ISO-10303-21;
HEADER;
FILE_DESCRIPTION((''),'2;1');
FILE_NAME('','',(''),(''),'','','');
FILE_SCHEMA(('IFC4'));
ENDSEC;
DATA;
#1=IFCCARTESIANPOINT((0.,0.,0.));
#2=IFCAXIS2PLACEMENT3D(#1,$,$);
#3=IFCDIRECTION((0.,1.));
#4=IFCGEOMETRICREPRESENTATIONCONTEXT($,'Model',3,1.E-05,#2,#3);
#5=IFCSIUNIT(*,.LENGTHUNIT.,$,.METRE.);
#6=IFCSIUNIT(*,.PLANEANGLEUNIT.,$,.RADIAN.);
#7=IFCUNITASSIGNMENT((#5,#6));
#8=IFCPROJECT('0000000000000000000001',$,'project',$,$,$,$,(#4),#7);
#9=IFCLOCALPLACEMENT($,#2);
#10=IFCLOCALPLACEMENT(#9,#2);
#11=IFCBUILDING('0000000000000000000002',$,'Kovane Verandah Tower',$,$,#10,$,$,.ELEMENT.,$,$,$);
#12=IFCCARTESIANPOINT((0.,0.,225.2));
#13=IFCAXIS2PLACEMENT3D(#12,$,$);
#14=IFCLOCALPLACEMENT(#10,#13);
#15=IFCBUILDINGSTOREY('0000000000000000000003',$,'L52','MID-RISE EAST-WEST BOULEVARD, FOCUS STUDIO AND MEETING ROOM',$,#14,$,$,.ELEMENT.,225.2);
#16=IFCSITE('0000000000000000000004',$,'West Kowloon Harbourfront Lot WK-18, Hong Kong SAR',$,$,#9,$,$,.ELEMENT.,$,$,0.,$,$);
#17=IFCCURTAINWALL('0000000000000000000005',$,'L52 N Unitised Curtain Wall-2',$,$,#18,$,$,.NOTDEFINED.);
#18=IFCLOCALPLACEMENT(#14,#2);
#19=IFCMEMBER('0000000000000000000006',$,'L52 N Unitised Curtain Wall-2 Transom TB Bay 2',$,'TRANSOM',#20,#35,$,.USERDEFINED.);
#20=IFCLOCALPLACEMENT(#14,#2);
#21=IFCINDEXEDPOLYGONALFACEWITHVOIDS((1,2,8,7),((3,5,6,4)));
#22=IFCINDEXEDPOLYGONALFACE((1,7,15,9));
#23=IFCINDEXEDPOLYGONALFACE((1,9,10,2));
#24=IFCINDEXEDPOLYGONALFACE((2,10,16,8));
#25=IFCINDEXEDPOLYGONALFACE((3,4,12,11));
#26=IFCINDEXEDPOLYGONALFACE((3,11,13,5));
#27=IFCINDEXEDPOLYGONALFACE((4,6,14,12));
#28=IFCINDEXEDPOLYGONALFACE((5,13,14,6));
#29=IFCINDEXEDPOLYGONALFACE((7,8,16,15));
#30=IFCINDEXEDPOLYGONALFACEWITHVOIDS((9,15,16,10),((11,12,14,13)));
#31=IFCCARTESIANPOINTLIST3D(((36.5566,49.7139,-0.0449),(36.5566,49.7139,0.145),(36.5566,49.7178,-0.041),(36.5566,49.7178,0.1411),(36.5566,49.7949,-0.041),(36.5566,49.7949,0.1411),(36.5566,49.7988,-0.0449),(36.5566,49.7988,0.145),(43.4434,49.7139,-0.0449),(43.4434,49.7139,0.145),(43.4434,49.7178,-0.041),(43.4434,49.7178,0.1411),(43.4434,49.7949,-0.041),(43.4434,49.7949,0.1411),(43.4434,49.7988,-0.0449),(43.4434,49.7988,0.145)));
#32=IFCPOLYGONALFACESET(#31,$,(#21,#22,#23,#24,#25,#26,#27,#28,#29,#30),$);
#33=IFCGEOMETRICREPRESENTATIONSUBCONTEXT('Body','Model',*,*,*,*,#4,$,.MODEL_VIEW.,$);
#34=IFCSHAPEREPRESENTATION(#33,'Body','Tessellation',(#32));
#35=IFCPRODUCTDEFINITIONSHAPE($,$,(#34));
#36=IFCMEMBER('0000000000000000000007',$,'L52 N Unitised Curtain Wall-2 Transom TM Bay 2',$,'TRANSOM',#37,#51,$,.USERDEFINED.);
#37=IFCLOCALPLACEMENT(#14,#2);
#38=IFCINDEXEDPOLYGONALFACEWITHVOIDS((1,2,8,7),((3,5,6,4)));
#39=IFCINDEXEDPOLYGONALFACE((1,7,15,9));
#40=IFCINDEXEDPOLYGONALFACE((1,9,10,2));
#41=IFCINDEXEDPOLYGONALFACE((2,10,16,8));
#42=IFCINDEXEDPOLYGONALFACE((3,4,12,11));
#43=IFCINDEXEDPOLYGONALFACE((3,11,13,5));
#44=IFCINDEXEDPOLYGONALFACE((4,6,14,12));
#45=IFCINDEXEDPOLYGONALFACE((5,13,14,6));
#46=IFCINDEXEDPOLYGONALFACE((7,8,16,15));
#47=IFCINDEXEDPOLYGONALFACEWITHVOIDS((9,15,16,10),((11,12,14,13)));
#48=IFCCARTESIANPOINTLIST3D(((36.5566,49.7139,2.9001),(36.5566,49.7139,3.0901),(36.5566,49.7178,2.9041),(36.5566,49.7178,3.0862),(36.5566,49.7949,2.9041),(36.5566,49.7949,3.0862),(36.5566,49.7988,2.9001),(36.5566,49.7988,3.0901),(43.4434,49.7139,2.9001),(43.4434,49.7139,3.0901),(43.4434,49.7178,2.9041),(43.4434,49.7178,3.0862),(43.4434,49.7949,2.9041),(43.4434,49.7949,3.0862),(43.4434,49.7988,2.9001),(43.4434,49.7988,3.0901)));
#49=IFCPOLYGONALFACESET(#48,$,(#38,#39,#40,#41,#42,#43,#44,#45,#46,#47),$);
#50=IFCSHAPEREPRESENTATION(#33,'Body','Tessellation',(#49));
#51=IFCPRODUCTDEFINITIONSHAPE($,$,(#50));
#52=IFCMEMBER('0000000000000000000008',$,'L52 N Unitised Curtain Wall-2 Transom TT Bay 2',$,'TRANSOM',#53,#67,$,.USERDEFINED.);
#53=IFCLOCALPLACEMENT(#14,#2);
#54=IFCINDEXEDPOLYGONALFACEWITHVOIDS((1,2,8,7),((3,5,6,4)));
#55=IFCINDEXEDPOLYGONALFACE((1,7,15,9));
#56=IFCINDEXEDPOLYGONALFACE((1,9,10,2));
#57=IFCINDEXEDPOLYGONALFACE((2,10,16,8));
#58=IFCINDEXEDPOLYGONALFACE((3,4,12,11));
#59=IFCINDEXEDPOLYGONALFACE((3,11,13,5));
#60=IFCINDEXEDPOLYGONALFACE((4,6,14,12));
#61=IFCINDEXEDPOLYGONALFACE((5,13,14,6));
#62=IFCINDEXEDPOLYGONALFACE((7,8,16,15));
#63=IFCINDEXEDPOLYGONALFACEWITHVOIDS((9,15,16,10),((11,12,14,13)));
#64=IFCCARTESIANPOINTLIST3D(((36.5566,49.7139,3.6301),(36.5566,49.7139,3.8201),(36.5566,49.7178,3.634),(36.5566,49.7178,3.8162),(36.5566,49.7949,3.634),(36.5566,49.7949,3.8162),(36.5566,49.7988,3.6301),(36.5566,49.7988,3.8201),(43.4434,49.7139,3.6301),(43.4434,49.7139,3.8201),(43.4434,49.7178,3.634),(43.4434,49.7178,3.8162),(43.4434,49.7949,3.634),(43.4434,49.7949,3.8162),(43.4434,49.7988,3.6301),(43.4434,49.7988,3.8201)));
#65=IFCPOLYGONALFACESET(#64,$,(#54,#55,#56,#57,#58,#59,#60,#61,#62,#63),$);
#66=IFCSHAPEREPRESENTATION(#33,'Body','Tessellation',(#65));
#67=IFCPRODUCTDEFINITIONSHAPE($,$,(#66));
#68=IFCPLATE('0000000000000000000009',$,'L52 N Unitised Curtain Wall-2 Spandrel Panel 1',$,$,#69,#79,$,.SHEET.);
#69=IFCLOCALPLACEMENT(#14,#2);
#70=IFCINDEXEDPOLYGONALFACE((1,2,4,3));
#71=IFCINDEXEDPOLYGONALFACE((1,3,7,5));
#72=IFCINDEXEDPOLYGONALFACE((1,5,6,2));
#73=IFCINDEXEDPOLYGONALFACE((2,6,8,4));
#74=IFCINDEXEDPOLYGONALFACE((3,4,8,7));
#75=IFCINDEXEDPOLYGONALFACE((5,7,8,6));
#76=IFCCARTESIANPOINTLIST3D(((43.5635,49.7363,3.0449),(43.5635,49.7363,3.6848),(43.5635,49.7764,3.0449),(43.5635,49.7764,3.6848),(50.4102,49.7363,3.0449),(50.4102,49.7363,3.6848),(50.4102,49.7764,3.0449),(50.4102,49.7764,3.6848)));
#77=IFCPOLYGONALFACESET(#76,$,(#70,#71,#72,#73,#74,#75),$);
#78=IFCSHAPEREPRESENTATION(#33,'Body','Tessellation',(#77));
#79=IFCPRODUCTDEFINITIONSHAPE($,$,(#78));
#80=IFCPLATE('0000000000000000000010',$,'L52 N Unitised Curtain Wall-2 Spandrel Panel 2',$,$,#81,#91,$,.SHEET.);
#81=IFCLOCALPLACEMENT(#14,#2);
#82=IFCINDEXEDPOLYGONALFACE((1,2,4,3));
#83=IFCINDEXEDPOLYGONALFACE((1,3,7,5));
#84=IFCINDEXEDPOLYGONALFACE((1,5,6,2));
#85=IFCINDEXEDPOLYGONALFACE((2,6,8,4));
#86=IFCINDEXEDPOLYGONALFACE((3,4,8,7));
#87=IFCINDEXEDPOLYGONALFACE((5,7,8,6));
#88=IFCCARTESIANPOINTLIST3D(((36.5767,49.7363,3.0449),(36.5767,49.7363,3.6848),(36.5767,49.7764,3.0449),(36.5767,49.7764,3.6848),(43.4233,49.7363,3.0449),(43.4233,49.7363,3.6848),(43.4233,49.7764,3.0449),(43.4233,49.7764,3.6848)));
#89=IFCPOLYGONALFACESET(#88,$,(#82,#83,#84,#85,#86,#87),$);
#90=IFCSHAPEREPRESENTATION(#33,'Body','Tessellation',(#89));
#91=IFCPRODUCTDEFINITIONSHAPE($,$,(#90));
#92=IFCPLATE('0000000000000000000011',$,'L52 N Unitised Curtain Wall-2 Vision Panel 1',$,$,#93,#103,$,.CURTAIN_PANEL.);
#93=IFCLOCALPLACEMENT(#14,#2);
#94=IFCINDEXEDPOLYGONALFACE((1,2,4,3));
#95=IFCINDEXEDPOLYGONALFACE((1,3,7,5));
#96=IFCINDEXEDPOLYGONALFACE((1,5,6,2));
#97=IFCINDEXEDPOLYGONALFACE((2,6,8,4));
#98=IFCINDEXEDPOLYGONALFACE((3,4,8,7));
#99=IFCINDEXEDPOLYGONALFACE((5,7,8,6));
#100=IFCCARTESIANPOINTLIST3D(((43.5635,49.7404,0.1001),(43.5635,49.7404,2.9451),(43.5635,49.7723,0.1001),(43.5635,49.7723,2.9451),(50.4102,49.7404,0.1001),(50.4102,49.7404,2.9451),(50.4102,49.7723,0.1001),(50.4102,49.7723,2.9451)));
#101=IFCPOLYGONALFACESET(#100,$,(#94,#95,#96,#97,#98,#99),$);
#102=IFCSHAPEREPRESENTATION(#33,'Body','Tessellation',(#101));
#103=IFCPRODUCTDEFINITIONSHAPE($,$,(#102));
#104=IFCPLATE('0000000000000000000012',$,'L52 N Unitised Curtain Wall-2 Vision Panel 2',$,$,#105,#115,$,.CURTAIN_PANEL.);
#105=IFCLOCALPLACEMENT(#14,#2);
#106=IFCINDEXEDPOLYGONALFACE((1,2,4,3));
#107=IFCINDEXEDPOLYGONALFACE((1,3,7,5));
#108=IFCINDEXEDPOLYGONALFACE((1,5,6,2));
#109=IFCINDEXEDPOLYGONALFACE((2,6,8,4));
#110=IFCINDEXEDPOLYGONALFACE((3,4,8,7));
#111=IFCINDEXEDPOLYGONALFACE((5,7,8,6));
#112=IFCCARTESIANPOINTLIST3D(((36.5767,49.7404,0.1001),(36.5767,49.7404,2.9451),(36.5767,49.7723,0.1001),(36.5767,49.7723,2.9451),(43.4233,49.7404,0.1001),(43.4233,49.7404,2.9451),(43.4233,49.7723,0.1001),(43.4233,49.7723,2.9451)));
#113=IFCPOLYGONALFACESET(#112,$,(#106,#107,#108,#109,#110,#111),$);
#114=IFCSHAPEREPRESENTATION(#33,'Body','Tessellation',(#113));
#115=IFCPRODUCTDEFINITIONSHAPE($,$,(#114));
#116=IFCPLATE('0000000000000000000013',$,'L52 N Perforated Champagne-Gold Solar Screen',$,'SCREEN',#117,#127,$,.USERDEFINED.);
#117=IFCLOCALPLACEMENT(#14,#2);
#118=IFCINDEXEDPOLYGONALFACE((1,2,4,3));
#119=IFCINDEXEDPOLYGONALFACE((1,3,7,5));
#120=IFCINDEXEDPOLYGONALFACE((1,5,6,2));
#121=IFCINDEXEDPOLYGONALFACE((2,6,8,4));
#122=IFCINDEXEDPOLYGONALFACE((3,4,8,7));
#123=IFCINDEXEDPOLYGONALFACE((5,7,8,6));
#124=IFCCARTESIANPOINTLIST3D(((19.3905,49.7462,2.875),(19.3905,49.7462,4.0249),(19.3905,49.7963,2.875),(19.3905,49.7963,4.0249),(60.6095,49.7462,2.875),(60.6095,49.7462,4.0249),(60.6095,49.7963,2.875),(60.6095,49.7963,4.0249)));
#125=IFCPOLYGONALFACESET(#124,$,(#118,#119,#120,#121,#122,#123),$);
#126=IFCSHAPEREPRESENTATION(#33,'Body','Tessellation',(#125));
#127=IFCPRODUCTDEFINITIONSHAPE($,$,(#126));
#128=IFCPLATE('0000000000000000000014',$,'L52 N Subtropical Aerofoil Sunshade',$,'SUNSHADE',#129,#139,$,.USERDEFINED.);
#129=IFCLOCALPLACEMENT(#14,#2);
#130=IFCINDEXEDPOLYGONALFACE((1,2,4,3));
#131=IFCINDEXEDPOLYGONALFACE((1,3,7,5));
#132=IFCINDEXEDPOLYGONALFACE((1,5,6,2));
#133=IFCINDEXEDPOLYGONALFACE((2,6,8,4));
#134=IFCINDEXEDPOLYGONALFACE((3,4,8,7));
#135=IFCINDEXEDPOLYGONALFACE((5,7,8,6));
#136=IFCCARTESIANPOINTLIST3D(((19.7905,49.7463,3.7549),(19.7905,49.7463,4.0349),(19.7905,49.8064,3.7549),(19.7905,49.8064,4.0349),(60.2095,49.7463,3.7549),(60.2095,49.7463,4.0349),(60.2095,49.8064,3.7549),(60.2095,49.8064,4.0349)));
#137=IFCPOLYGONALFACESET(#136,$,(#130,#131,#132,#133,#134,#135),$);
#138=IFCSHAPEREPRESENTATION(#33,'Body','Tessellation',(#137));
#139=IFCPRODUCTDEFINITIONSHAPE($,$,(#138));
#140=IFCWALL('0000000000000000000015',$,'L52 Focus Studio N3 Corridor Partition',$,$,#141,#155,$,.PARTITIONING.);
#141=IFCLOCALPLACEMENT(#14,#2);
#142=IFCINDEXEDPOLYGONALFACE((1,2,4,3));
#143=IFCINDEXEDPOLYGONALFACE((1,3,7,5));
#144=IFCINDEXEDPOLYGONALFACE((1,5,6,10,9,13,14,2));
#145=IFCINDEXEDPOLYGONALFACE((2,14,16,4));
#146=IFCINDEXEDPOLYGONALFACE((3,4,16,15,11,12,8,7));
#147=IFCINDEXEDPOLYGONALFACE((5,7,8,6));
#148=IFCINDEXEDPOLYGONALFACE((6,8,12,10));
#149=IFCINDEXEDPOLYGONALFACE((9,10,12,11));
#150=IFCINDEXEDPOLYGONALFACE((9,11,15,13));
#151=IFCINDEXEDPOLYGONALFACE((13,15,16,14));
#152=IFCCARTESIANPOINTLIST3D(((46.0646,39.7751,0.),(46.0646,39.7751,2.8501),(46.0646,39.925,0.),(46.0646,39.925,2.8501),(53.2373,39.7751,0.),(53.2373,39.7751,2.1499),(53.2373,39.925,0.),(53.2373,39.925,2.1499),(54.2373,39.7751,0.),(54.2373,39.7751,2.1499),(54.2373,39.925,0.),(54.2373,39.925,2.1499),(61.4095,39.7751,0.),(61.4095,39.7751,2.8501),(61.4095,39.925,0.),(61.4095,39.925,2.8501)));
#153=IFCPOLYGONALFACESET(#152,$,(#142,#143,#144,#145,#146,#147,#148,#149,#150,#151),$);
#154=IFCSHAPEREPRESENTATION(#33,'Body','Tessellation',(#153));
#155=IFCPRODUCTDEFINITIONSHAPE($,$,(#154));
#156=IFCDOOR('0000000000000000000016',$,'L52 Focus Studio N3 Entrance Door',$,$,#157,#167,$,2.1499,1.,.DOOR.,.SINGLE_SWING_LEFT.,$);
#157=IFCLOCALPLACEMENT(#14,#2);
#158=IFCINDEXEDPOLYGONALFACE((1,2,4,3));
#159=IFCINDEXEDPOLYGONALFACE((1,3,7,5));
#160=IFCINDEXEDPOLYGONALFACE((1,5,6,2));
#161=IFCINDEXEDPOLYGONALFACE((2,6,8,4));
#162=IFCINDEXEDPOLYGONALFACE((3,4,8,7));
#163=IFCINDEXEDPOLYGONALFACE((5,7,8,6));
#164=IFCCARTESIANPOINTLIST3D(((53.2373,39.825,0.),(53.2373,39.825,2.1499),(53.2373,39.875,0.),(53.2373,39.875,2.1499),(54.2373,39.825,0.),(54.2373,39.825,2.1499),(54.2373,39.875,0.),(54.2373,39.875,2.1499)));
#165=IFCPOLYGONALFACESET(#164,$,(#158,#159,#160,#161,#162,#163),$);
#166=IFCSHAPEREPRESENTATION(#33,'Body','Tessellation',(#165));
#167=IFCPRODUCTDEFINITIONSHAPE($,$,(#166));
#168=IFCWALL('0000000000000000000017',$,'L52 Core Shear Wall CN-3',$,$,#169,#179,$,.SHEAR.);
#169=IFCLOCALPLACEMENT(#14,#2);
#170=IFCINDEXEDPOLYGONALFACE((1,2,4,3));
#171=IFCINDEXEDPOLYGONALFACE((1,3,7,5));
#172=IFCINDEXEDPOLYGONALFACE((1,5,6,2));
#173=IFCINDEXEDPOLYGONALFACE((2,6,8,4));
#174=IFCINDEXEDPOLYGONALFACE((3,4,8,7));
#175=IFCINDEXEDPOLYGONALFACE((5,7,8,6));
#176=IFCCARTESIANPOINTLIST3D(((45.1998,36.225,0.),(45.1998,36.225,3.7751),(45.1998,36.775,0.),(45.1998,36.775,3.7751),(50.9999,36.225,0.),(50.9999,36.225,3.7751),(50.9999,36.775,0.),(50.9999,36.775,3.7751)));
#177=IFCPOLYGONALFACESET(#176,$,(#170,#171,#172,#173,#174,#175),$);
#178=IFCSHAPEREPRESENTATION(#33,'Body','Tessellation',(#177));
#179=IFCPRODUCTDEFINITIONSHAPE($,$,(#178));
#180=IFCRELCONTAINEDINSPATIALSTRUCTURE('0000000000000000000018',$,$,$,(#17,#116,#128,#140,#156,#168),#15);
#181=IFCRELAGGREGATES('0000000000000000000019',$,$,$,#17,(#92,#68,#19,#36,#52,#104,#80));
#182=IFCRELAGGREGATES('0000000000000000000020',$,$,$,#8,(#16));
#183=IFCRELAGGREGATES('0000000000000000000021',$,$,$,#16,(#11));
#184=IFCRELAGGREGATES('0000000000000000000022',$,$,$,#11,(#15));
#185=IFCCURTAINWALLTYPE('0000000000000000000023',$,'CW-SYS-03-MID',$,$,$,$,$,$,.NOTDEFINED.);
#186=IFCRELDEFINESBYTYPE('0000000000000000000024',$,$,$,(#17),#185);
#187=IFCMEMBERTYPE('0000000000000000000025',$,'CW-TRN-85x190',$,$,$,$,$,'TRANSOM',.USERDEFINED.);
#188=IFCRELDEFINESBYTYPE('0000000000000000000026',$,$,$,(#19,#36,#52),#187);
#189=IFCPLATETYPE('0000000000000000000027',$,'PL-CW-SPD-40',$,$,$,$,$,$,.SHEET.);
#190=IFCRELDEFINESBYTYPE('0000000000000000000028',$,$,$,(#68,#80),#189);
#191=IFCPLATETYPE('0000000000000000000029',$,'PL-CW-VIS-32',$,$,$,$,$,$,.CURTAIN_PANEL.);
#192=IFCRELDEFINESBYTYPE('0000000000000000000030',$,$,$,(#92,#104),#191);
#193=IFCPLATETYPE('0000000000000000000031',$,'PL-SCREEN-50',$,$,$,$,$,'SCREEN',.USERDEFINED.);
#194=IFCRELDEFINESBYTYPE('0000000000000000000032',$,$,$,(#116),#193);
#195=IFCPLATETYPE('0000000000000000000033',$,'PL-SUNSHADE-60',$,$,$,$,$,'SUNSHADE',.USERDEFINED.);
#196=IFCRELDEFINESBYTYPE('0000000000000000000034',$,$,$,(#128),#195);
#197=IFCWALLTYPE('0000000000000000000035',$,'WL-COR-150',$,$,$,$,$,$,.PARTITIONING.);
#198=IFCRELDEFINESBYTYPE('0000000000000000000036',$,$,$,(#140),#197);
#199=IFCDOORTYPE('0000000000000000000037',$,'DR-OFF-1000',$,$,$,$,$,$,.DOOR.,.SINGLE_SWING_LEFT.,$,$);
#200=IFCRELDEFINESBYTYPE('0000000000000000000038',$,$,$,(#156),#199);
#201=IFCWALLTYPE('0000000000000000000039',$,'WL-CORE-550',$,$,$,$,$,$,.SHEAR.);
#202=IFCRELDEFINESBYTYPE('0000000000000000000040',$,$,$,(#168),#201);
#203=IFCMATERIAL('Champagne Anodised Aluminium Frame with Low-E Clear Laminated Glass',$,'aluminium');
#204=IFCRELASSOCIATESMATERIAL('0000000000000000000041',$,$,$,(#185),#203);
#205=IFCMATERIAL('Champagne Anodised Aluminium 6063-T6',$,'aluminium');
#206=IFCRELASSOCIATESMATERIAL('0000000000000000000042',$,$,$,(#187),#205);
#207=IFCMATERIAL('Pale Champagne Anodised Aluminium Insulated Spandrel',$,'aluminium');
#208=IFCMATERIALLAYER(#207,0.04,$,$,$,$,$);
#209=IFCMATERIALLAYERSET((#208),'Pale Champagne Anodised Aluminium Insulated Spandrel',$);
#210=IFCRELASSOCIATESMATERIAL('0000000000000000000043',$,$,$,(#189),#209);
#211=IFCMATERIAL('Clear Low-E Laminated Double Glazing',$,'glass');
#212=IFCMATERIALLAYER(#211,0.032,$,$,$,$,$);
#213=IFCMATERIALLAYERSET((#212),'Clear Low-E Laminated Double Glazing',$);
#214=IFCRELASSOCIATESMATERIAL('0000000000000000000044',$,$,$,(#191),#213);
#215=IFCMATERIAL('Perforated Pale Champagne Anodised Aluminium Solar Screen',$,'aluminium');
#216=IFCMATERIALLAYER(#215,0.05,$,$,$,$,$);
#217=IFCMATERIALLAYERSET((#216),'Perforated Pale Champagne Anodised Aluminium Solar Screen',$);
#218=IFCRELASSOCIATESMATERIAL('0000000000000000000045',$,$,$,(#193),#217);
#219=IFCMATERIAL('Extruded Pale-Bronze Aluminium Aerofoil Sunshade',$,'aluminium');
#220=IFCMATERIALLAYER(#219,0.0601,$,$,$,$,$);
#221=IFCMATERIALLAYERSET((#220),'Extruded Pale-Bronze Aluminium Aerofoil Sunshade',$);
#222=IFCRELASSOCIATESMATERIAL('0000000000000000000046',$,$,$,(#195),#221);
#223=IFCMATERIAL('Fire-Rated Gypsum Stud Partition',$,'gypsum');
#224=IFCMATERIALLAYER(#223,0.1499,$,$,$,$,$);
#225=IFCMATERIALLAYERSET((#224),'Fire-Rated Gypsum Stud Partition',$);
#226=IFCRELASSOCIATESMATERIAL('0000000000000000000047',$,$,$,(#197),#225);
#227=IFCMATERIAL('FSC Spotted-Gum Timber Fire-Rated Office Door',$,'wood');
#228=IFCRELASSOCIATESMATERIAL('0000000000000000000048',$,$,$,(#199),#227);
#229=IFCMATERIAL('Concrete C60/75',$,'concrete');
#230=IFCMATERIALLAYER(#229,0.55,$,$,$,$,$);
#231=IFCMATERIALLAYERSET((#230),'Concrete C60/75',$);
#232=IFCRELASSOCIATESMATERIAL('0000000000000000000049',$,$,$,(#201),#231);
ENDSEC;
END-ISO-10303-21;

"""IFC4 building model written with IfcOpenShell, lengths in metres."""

from ifc_helpers import new_model, si_unit, direction, frame, frame_2d, origin, origin_2d, place, context, subcontext, project, spatial, rectangle, hollow_rectangle, extrude, material, layer, layer_set, material_profile, profile_set, type_object, element, fill, aggregate, save


model = new_model("IFC4")

# Units and contexts
model_context = context("Model", 3, precision=1e-05, world=origin(), true_north=direction((0.0, 1.0)))
body_context = subcontext(model_context, "Body", "Model", "MODEL_VIEW")
ifc_project = project(units=[si_unit("LENGTHUNIT", "METRE"), si_unit("PLANEANGLEUNIT", "RADIAN")], contexts=[model_context])

# Site, building, storey
site_placement = place(None, origin())
site = spatial("IfcSite", under=ifc_project, at=site_placement, Name="West Kowloon Harbourfront Lot WK-18, Hong Kong SAR", CompositionType="ELEMENT", RefElevation=0.0)
building_placement = place(site_placement, origin())
building = spatial("IfcBuilding", under=site, at=building_placement, Name="Kovane Verandah Tower", CompositionType="ELEMENT")
storey_placement = place(building_placement, frame((0.0, 0.0, 225.2)))
storey = spatial("IfcBuildingStorey", under=building, at=storey_placement, Name="L52", Description="MID-RISE EAST-WEST BOULEVARD, FOCUS STUDIO AND MEETING ROOM", CompositionType="ELEMENT", Elevation=225.2)

# Shared definitions
ifc_material_1 = material(Name="Concrete C60/75", Category="concrete")

# Curtain wall, members, plates
ifc_material_2 = material(Name="Champagne Anodised Aluminium Frame with Low-E Clear Laminated Glass", Category="aluminium")
curtain_wall_type = type_object("IfcCurtainWallType", Name="CW-SYS-03-MID", PredefinedType="NOTDEFINED", material=ifc_material_2)
curtain_wall_placement = place(storey_placement, origin())
curtain_wall = element("IfcCurtainWall", 1, at=curtain_wall_placement, inside=storey, type_object=curtain_wall_type, Name="L52 N Unitised Curtain Wall-2", PredefinedType="NOTDEFINED")
ifc_material_3 = material(Name="Champagne Anodised Aluminium 6063-T6", Category="aluminium")
ifc_material_profile_1 = material_profile(ifc_material_3, hollow_rectangle(XDim=0.085, YDim=0.1899, WallThickness=0.0039, at=origin_2d()), Name="AL85x190x4")
ifc_profile_set_1 = profile_set([ifc_material_profile_1], Name="Champagne Anodised Aluminium 6063-T6")
member_type_1 = type_object("IfcMemberType", Name="CW-TRN-85x190", ElementType="TRANSOM", PredefinedType="USERDEFINED", material=ifc_profile_set_1)
member_1_placement = place(storey_placement, frame((43.4434, 49.7563, 0.05), z_axis=(-1.0, 0.0, 0.0), x_axis=(0.0, -1.0, 0.0)))
member_1 = element("IfcMember", 2, at=member_1_placement, type_object=member_type_1, Name="L52 N Unitised Curtain Wall-2 Transom TB Bay 2", ObjectType="TRANSOM", PredefinedType="USERDEFINED", context=body_context, shape_type="SweptSolid", body=[
    extrude(hollow_rectangle(XDim=0.085, YDim=0.1899, WallThickness=0.0039, at=origin_2d()), origin(), (0.0, 0.0, 1.0), 6.8867),
])
member_2_placement = place(storey_placement, frame((43.4434, 49.7563, 2.9951), z_axis=(-1.0, 0.0, 0.0), x_axis=(0.0, -1.0, 0.0)))
member_2 = element("IfcMember", 3, at=member_2_placement, type_object=member_type_1, Name="L52 N Unitised Curtain Wall-2 Transom TM Bay 2", ObjectType="TRANSOM", PredefinedType="USERDEFINED", context=body_context, shape_type="SweptSolid", body=[
    extrude(hollow_rectangle(XDim=0.085, YDim=0.1899, WallThickness=0.0039, at=origin_2d()), origin(), (0.0, 0.0, 1.0), 6.8867),
])
member_3_placement = place(storey_placement, frame((43.4434, 49.7563, 3.7251), z_axis=(-1.0, 0.0, 0.0), x_axis=(0.0, -1.0, 0.0)))
member_3 = element("IfcMember", 4, at=member_3_placement, type_object=member_type_1, Name="L52 N Unitised Curtain Wall-2 Transom TT Bay 2", ObjectType="TRANSOM", PredefinedType="USERDEFINED", context=body_context, shape_type="SweptSolid", body=[
    extrude(hollow_rectangle(XDim=0.085, YDim=0.1899, WallThickness=0.0039, at=origin_2d()), origin(), (0.0, 0.0, 1.0), 6.8867),
])
ifc_material_4 = material(Name="Pale Champagne Anodised Aluminium Insulated Spandrel", Category="aluminium")
ifc_layer_1 = layer(ifc_material_4, 0.04)
ifc_layer_set_1 = layer_set([ifc_layer_1], Name="Pale Champagne Anodised Aluminium Insulated Spandrel")
plate_type_1 = type_object("IfcPlateType", Name="PL-CW-SPD-40", PredefinedType="SHEET", material=ifc_layer_set_1)
plate_1_placement = place(storey_placement, frame((46.9868, 49.7563, 3.0449), z_axis=(0.0, 0.0, 1.0), x_axis=(-1.0, 0.0, 0.0)))
plate_1 = element("IfcPlate", 5, at=plate_1_placement, type_object=plate_type_1, Name="L52 N Unitised Curtain Wall-2 Spandrel Panel 1", PredefinedType="SHEET", context=body_context, shape_type="SweptSolid", body=[
    extrude(rectangle(XDim=6.8467, YDim=0.04, at=origin_2d()), origin(), (0.0, 0.0, 1.0), 0.6399),
])
plate_2_placement = place(storey_placement, frame((40.0, 49.7563, 3.0449), z_axis=(0.0, 0.0, 1.0), x_axis=(-1.0, 0.0, 0.0)))
plate_2 = element("IfcPlate", 6, at=plate_2_placement, type_object=plate_type_1, Name="L52 N Unitised Curtain Wall-2 Spandrel Panel 2", PredefinedType="SHEET", context=body_context, shape_type="SweptSolid", body=[
    extrude(rectangle(XDim=6.8467, YDim=0.04, at=origin_2d()), origin(), (0.0, 0.0, 1.0), 0.6399),
])
ifc_material_5 = material(Name="Clear Low-E Laminated Double Glazing", Category="glass")
ifc_layer_2 = layer(ifc_material_5, 0.032)
ifc_layer_set_2 = layer_set([ifc_layer_2], Name="Clear Low-E Laminated Double Glazing")
plate_type_2 = type_object("IfcPlateType", Name="PL-CW-VIS-32", PredefinedType="CURTAIN_PANEL", material=ifc_layer_set_2)
plate_3_placement = place(storey_placement, frame((46.9868, 49.7563, 0.1001), z_axis=(0.0, 0.0, 1.0), x_axis=(-1.0, 0.0, 0.0)))
plate_3 = element("IfcPlate", 7, at=plate_3_placement, type_object=plate_type_2, Name="L52 N Unitised Curtain Wall-2 Vision Panel 1", PredefinedType="CURTAIN_PANEL", context=body_context, shape_type="SweptSolid", body=[
    extrude(rectangle(XDim=6.8467, YDim=0.032, at=origin_2d()), origin(), (0.0, 0.0, 1.0), 2.845),
])
plate_4_placement = place(storey_placement, frame((40.0, 49.7563, 0.1001), z_axis=(0.0, 0.0, 1.0), x_axis=(-1.0, 0.0, 0.0)))
plate_4 = element("IfcPlate", 8, at=plate_4_placement, type_object=plate_type_2, Name="L52 N Unitised Curtain Wall-2 Vision Panel 2", PredefinedType="CURTAIN_PANEL", context=body_context, shape_type="SweptSolid", body=[
    extrude(rectangle(XDim=6.8467, YDim=0.032, at=origin_2d()), origin(), (0.0, 0.0, 1.0), 2.845),
])
aggregate(curtain_wall, [plate_3, plate_1, member_1, member_2, member_3, plate_4, plate_2])

# Plates
ifc_material_6 = material(Name="Perforated Pale Champagne Anodised Aluminium Solar Screen", Category="aluminium")
ifc_layer_3 = layer(ifc_material_6, 0.05)
ifc_layer_set_3 = layer_set([ifc_layer_3], Name="Perforated Pale Champagne Anodised Aluminium Solar Screen")
plate_type_3 = type_object("IfcPlateType", Name="PL-SCREEN-50", ElementType="SCREEN", PredefinedType="USERDEFINED", material=ifc_layer_set_3)
plate_5_placement = place(storey_placement, frame((40.0, 49.7712, 2.875), z_axis=(0.0, 0.0, 1.0), x_axis=(-1.0, 0.0, 0.0)))
element("IfcPlate", 9, at=plate_5_placement, inside=storey, type_object=plate_type_3, Name="L52 N Perforated Champagne-Gold Solar Screen", ObjectType="SCREEN", PredefinedType="USERDEFINED", context=body_context, shape_type="SweptSolid", body=[
    extrude(rectangle(XDim=41.219, YDim=0.05, at=origin_2d()), origin(), (0.0, 0.0, 1.0), 1.1499),
])
ifc_material_7 = material(Name="Extruded Pale-Bronze Aluminium Aerofoil Sunshade", Category="aluminium")
ifc_layer_4 = layer(ifc_material_7, 0.0601)
ifc_layer_set_4 = layer_set([ifc_layer_4], Name="Extruded Pale-Bronze Aluminium Aerofoil Sunshade")
plate_type_4 = type_object("IfcPlateType", Name="PL-SUNSHADE-60", ElementType="SUNSHADE", PredefinedType="USERDEFINED", material=ifc_layer_set_4)
plate_6_placement = place(storey_placement, frame((40.0, 49.7764, 3.7549), z_axis=(0.0, 0.0, 1.0), x_axis=(-1.0, 0.0, 0.0)))
element("IfcPlate", 10, at=plate_6_placement, inside=storey, type_object=plate_type_4, Name="L52 N Subtropical Aerofoil Sunshade", ObjectType="SUNSHADE", PredefinedType="USERDEFINED", context=body_context, shape_type="SweptSolid", body=[
    extrude(rectangle(XDim=40.4189, YDim=0.0601, at=origin_2d()), origin(), (0.0, 0.0, 1.0), 0.28),
])

# Wall, opening, door
ifc_material_8 = material(Name="Fire-Rated Gypsum Stud Partition", Category="gypsum")
ifc_layer_5 = layer(ifc_material_8, 0.1499)
ifc_layer_set_5 = layer_set([ifc_layer_5], Name="Fire-Rated Gypsum Stud Partition")
wall_type_1 = type_object("IfcWallType", Name="WL-COR-150", PredefinedType="PARTITIONING", material=ifc_layer_set_5)
wall_1_placement = place(storey_placement, frame((46.0647, 39.8501, 0.0), z_axis=(0.0, 0.0, 1.0), x_axis=(1.0, 0.0, 0.0)))
wall_1 = element("IfcWall", 11, at=wall_1_placement, inside=storey, type_object=wall_type_1, Name="L52 Focus Studio N3 Corridor Partition", PredefinedType="PARTITIONING", context=body_context, shape_type="SweptSolid", body=[
    extrude(rectangle(XDim=15.345, YDim=0.1499, at=frame_2d((7.6724, 0.0))), origin(), (0.0, 0.0, 1.0), 2.8501),
])
opening_placement = place(wall_1_placement, frame((7.1726, 0.0, 0.0)))
opening = element("IfcOpeningElement", 12, at=opening_placement, cuts=wall_1, PredefinedType="OPENING", context=body_context, shape_type="SweptSolid", body=[
    extrude(rectangle(XDim=1.0, YDim=2.1499, at=frame_2d((0.5, 1.075))), frame((0.0, 0.075, 0.0), z_axis=(0.0, -1.0, 0.0), x_axis=(1.0, 0.0, 0.0)), (0.0, 0.0, 1.0), 0.1499),
])
ifc_material_9 = material(Name="FSC Spotted-Gum Timber Fire-Rated Office Door", Category="wood")
door_type = type_object("IfcDoorType", Name="DR-OFF-1000", OperationType="SINGLE_SWING_LEFT", PredefinedType="DOOR", material=ifc_material_9)
door_placement = place(opening_placement, origin())
door = element("IfcDoor", 13, at=door_placement, inside=storey, type_object=door_type, Name="L52 Focus Studio N3 Entrance Door", OperationType="SINGLE_SWING_LEFT", OverallHeight=2.1499, OverallWidth=1.0, PredefinedType="DOOR", context=body_context, shape_type="SweptSolid", body=[
    extrude(rectangle(XDim=1.0, YDim=2.1499, at=frame_2d((0.5, 1.075))), frame((0.0, 0.0249, 0.0), z_axis=(0.0, -1.0, 0.0), x_axis=(1.0, 0.0, 0.0)), (0.0, 0.0, 1.0), 0.05),
])
fill(opening, door)

# Wall
ifc_layer_6 = layer(ifc_material_1, 0.55)
ifc_layer_set_6 = layer_set([ifc_layer_6], Name="Concrete C60/75")
wall_type_2 = type_object("IfcWallType", Name="WL-CORE-550", PredefinedType="SHEAR", material=ifc_layer_set_6)
wall_2_placement = place(storey_placement, frame((45.2, 36.5, 0.0), z_axis=(0.0, 0.0, 1.0), x_axis=(1.0, 0.0, 0.0)))
element("IfcWall", 14, at=wall_2_placement, inside=storey, type_object=wall_type_2, Name="L52 Core Shear Wall CN-3", PredefinedType="SHEAR", context=body_context, shape_type="SweptSolid", body=[
    extrude(rectangle(XDim=5.8, YDim=0.55, at=frame_2d((2.8999, 0.0))), origin(), (0.0, 0.0, 1.0), 3.7751),
])

save(model, "model.ifc")
